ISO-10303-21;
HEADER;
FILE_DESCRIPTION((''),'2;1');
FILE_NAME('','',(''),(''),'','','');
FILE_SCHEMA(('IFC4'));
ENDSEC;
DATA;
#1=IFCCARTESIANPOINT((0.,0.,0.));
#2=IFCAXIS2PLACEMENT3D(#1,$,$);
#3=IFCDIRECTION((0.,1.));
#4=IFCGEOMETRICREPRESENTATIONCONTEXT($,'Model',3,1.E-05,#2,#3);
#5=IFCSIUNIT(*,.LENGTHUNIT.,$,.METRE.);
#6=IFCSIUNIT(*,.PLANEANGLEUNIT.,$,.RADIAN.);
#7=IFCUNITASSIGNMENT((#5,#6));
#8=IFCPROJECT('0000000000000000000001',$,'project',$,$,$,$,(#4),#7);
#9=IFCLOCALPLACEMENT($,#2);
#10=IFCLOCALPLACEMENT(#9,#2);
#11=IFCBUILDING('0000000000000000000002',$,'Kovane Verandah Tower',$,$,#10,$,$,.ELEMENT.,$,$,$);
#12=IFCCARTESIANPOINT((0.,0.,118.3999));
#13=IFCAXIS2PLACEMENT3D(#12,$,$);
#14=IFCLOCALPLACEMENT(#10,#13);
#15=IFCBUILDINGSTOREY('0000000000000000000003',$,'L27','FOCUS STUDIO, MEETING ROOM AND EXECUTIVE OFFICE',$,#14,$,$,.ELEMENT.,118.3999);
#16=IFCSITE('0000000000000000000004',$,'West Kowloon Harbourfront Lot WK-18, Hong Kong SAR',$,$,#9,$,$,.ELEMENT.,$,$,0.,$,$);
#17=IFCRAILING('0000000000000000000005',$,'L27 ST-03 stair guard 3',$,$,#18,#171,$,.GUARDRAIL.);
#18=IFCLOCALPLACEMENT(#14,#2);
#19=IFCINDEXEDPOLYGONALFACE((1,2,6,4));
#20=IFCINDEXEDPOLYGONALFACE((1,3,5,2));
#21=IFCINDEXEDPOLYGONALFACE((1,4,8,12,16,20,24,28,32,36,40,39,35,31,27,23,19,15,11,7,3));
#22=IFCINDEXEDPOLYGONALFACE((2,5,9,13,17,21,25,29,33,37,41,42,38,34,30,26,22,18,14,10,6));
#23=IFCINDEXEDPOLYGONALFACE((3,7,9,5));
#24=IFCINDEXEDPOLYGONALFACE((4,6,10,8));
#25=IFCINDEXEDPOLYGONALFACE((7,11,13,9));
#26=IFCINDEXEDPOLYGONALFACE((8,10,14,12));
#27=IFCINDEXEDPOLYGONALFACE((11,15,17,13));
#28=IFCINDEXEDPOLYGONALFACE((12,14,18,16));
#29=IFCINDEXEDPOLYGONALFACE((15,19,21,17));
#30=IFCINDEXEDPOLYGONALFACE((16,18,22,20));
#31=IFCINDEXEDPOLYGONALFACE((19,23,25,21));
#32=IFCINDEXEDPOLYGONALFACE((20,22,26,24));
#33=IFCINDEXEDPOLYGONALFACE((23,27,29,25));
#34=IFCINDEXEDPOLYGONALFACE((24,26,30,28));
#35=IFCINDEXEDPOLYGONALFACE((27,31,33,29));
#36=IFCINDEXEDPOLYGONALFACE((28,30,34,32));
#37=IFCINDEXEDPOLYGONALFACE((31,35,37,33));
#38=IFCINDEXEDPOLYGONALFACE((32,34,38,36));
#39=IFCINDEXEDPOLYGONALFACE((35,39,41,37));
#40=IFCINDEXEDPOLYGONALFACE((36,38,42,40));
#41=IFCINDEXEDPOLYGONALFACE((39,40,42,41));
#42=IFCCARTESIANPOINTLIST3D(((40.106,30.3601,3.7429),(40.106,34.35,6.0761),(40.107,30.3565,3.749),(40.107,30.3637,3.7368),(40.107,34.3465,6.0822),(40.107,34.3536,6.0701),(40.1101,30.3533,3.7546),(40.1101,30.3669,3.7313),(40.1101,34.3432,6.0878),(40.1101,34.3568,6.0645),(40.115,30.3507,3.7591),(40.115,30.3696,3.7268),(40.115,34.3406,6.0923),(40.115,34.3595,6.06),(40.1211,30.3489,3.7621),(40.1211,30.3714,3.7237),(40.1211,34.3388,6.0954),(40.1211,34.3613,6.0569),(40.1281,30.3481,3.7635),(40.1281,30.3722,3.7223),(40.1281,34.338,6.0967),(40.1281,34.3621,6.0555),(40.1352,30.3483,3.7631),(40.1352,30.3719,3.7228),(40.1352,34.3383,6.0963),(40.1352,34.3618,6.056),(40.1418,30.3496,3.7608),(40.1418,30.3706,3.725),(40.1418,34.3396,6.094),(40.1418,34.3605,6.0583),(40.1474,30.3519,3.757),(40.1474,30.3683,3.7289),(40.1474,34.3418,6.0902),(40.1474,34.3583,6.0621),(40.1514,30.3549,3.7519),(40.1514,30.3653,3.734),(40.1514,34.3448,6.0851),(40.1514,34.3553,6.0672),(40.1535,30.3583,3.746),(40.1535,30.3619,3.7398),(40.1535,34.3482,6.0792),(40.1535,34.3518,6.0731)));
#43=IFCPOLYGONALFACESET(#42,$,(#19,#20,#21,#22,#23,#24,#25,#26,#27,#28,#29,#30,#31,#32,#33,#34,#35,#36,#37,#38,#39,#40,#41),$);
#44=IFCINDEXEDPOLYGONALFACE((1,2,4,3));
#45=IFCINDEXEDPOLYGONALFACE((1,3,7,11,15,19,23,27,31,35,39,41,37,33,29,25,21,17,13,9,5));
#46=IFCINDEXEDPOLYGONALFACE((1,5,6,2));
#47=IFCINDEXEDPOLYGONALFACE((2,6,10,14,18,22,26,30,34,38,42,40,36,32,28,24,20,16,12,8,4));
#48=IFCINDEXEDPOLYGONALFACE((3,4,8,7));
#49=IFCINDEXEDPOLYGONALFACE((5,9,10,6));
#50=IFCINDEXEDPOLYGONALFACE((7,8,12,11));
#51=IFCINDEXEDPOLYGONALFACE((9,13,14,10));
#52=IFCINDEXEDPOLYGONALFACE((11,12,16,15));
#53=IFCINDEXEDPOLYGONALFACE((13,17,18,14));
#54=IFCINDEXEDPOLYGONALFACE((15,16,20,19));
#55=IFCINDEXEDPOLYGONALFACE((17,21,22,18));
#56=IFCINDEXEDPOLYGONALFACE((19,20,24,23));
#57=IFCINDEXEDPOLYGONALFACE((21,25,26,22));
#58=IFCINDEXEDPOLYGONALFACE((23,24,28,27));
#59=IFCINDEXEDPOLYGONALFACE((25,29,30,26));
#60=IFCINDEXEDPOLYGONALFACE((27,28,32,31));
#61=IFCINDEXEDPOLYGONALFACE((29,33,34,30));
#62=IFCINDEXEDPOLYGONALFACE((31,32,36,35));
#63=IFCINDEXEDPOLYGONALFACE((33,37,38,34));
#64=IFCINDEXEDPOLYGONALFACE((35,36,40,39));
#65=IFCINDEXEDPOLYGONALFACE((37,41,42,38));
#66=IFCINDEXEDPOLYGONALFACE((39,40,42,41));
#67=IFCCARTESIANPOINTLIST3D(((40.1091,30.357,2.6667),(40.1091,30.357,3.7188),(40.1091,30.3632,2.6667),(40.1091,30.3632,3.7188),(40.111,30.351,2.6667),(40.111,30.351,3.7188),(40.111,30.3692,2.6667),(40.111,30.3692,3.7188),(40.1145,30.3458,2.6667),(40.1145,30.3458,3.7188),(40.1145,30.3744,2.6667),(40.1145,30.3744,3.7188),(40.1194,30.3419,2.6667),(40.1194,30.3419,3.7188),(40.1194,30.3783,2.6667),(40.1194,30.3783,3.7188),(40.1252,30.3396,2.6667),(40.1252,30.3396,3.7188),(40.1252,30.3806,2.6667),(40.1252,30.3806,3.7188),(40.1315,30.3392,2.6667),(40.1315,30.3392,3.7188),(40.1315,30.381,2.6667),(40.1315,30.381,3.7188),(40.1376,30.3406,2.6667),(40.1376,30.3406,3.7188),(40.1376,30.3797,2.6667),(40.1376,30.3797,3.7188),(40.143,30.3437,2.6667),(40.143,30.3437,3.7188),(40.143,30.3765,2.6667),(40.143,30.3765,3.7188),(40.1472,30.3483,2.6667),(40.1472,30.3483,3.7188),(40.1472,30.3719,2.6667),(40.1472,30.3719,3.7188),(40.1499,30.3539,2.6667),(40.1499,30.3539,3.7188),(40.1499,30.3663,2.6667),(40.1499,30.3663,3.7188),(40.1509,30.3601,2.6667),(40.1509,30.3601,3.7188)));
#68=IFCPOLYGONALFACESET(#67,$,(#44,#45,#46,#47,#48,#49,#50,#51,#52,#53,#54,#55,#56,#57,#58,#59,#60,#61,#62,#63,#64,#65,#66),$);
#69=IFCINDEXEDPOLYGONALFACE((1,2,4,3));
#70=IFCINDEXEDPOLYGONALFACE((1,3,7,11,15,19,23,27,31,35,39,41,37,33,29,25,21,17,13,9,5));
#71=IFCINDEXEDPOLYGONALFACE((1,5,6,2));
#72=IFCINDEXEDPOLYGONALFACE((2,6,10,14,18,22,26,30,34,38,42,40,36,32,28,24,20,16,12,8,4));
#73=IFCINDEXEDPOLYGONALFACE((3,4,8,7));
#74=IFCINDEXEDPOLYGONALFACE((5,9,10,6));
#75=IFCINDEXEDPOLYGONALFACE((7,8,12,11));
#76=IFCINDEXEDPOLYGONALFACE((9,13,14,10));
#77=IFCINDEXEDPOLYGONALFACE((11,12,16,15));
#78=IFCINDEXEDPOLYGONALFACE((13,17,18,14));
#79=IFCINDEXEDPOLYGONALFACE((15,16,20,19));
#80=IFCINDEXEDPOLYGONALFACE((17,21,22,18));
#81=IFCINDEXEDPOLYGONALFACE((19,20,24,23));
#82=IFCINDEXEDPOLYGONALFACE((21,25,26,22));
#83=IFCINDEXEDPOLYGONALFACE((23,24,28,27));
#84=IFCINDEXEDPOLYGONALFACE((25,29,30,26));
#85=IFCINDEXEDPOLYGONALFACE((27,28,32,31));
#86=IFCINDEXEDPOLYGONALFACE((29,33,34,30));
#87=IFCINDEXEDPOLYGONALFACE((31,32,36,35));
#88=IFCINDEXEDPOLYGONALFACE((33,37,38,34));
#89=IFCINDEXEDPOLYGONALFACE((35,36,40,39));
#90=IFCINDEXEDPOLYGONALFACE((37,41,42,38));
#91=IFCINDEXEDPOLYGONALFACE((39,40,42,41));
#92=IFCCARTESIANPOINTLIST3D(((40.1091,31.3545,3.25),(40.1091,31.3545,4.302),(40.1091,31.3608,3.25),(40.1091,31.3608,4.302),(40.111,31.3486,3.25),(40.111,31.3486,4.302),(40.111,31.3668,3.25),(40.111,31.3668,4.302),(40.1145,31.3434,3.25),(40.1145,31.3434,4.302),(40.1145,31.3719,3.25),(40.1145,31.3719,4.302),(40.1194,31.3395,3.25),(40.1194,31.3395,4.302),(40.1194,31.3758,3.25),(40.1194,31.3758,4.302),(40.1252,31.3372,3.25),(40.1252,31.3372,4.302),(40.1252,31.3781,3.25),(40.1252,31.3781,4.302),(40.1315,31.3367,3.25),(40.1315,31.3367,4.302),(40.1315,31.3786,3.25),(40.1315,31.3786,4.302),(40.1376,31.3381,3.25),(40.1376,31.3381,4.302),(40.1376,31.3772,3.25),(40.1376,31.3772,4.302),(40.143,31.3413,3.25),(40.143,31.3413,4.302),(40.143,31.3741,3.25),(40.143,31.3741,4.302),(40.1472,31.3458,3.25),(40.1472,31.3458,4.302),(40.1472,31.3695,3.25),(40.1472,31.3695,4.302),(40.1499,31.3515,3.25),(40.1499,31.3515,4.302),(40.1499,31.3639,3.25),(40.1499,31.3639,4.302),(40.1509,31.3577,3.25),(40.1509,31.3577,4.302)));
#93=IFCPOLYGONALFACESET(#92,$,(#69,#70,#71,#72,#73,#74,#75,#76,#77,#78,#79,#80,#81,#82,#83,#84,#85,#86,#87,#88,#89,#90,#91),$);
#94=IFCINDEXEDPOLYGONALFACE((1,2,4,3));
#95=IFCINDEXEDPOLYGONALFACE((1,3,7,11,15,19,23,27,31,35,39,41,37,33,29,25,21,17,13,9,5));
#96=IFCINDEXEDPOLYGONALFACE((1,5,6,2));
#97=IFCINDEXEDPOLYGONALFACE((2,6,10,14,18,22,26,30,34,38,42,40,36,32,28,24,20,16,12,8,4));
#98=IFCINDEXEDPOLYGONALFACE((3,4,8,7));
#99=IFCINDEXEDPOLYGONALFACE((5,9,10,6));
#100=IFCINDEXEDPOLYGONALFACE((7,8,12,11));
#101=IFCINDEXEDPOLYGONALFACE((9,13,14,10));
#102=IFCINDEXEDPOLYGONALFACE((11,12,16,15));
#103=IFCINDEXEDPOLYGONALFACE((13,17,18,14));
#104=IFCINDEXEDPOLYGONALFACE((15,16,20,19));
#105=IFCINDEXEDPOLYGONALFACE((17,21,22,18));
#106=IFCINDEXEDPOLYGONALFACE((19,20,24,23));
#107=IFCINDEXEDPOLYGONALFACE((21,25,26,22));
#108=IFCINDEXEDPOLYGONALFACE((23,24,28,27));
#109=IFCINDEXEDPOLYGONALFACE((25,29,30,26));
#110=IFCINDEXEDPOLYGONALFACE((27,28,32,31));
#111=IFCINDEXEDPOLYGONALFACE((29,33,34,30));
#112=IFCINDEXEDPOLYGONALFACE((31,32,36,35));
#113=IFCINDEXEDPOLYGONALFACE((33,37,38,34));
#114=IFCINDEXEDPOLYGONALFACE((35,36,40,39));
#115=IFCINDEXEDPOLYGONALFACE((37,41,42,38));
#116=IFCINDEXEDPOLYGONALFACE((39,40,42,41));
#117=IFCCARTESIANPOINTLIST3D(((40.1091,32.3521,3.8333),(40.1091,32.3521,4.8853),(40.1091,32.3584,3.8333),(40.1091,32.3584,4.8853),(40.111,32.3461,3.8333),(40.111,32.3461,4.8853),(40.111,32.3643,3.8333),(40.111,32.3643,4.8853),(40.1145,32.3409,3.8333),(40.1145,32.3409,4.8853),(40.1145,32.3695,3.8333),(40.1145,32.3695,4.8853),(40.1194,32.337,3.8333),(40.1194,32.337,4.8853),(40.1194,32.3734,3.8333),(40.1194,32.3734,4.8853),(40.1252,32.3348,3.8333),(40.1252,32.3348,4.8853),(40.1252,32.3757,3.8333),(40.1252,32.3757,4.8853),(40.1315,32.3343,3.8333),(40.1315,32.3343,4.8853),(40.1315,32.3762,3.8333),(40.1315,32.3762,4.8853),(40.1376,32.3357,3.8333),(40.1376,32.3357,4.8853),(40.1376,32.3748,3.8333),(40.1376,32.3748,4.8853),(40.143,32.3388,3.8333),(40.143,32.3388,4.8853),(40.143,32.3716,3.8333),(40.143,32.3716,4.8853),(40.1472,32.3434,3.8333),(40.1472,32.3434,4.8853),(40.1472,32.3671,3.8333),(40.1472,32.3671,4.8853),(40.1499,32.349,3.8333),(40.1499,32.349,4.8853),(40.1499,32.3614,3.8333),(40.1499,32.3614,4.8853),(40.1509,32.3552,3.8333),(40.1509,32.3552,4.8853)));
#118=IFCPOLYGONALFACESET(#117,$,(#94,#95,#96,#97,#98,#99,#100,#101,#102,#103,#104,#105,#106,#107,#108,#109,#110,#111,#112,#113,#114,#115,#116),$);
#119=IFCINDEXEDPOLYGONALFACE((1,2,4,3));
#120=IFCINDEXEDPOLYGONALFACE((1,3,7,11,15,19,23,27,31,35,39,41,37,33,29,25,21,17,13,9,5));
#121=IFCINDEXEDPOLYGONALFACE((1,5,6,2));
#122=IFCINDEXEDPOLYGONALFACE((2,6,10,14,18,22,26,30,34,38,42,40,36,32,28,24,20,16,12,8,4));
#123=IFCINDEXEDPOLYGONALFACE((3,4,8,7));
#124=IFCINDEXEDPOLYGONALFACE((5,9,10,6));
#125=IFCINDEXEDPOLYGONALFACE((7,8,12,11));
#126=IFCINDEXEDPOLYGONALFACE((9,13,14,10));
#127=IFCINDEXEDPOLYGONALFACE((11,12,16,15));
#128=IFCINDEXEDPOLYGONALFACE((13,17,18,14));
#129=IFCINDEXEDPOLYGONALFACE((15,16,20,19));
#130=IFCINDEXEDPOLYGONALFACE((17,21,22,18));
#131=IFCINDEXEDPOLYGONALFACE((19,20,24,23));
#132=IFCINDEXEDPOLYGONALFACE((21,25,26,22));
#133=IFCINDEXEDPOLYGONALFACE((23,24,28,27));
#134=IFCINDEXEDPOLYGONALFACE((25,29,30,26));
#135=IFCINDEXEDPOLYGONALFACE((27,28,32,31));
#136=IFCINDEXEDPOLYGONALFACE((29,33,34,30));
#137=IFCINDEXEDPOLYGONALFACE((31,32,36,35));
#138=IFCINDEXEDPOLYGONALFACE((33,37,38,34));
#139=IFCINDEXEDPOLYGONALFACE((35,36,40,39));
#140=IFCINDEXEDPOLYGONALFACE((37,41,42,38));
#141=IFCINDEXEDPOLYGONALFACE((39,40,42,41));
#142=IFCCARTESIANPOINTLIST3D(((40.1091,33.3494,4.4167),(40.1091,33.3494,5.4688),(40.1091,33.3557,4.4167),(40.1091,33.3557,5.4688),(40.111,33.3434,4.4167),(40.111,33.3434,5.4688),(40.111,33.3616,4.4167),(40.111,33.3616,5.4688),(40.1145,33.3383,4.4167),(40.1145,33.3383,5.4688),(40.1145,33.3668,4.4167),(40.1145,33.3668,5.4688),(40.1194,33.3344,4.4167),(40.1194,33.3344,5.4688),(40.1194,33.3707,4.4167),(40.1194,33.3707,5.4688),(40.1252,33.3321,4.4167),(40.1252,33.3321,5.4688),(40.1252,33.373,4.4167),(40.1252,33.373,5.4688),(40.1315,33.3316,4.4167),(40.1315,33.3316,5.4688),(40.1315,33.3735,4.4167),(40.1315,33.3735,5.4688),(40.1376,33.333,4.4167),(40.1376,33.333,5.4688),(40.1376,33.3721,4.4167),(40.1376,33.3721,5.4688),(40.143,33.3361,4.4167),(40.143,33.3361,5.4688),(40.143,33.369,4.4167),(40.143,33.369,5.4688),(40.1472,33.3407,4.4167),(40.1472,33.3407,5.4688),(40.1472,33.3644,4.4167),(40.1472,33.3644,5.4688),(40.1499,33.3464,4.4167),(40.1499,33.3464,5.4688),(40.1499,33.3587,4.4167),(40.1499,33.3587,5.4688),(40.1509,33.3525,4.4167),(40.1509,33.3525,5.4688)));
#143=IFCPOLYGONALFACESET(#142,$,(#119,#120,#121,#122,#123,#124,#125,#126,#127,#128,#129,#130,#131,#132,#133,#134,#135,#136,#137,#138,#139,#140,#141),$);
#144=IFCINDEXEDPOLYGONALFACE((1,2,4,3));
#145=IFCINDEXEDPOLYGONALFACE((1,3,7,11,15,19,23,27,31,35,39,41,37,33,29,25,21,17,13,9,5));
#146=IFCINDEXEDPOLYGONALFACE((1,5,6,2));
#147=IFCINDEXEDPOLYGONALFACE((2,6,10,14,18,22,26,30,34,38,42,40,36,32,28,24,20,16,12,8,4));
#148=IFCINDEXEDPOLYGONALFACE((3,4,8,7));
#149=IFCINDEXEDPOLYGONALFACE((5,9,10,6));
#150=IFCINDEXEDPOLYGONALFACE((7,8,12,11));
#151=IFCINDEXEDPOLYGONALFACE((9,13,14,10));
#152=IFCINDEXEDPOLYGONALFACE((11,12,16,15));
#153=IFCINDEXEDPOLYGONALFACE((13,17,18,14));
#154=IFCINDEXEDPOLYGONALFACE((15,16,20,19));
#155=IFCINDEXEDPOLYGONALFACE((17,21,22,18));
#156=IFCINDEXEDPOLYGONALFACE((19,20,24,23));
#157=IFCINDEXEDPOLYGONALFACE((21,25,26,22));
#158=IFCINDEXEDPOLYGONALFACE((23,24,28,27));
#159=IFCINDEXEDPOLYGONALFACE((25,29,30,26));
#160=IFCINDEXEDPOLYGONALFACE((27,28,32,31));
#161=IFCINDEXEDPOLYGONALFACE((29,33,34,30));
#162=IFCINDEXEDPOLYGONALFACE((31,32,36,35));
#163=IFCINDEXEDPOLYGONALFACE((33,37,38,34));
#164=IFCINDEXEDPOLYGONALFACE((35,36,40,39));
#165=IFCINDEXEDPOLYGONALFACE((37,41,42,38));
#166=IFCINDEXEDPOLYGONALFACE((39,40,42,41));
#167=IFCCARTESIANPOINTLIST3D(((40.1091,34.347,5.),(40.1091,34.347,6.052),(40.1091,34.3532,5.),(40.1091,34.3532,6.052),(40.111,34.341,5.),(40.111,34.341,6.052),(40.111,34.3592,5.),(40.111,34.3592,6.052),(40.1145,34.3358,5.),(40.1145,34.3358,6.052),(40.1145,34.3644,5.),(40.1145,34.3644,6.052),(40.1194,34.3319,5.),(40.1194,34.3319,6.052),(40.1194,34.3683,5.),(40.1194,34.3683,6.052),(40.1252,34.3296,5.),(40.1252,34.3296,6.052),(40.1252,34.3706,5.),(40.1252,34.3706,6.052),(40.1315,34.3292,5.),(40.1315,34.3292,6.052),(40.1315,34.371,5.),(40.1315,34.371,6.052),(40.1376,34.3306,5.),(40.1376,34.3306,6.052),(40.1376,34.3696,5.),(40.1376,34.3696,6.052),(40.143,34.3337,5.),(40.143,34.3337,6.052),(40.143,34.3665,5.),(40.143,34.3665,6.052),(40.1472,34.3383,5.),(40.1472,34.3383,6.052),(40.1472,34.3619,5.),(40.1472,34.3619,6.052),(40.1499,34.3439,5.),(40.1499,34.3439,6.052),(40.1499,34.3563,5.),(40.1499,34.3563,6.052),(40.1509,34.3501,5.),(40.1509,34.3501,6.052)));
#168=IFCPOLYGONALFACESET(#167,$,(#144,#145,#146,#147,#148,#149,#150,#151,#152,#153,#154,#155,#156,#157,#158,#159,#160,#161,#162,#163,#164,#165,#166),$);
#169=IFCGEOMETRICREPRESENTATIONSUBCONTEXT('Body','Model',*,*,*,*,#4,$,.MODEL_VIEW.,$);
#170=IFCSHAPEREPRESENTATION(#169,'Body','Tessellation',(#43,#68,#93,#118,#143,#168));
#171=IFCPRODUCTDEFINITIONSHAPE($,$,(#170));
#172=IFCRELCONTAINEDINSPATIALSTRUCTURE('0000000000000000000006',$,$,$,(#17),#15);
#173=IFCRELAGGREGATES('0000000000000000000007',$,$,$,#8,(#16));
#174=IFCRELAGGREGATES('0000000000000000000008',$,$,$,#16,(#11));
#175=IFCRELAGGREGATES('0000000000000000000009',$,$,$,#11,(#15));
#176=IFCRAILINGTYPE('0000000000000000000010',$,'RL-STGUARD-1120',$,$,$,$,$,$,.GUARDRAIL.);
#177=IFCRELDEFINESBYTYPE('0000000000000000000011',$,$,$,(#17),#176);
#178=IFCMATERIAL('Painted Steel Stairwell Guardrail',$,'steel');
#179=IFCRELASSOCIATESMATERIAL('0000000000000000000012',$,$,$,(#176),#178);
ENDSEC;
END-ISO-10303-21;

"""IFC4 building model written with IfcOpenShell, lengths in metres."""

from ifc_helpers import new_model, si_unit, direction, frame, origin, origin_2d, place, context, subcontext, project, spatial, circle, extrude, material, type_object, element, save


model = new_model("IFC4")

# Units and contexts
model_context = context("Model", 3, precision=1e-05, world=origin(), true_north=direction((0.0, 1.0)))
body_context = subcontext(model_context, "Body", "Model", "MODEL_VIEW")
ifc_project = project(units=[si_unit("LENGTHUNIT", "METRE"), si_unit("PLANEANGLEUNIT", "RADIAN")], contexts=[model_context])

# Site, building, storey
site_placement = place(None, origin())
site = spatial("IfcSite", under=ifc_project, at=site_placement, Name="West Kowloon Harbourfront Lot WK-18, Hong Kong SAR", CompositionType="ELEMENT", RefElevation=0.0)
building_placement = place(site_placement, origin())
building = spatial("IfcBuilding", under=site, at=building_placement, Name="Kovane Verandah Tower", CompositionType="ELEMENT")
storey_placement = place(building_placement, frame((0.0, 0.0, 118.3999)))
storey = spatial("IfcBuildingStorey", under=building, at=storey_placement, Name="L27", Description="FOCUS STUDIO, MEETING ROOM AND EXECUTIVE OFFICE", CompositionType="ELEMENT", Elevation=118.3999)

# Railing
ifc_material_1 = material(Name="Painted Steel Stairwell Guardrail", Category="steel")
railing_type_1 = type_object("IfcRailingType", Name="RL-STGUARD-1120", PredefinedType="GUARDRAIL", material=ifc_material_1)
railing_1_placement = place(storey_placement, frame((40.1299, 30.3601, 2.6667)))
element("IfcRailing", 1, at=railing_1_placement, inside=storey, type_object=railing_type_1, Name="L27 ST-03 stair guard 3", PredefinedType="GUARDRAIL", context=body_context, shape_type="SweptSolid", body=[
    extrude(circle(Radius=0.0239, at=origin_2d()), frame((0.0, 0.0, 1.0762), z_axis=(0.0, 0.863236, 0.5048), x_axis=(-1.0, 0.0, 0.0)), (0.0, 0.0, 1.0), 4.6221),
    extrude(circle(Radius=0.021, at=origin_2d()), origin(), (0.0, 0.0, 1.0), 1.052),
    extrude(circle(Radius=0.021, at=origin_2d()), frame((0.0, 0.9976, 0.5833)), (0.0, 0.0, 1.0), 1.052),
    extrude(circle(Radius=0.021, at=origin_2d()), frame((0.0, 1.9951, 1.1665)), (0.0, 0.0, 1.0), 1.052),
    extrude(circle(Radius=0.021, at=origin_2d()), frame((0.0, 2.9924, 1.75)), (0.0, 0.0, 1.0), 1.052),
    extrude(circle(Radius=0.021, at=origin_2d()), frame((0.0, 3.99, 2.3333)), (0.0, 0.0, 1.0), 1.052),
])

save(model, "model.ifc")
